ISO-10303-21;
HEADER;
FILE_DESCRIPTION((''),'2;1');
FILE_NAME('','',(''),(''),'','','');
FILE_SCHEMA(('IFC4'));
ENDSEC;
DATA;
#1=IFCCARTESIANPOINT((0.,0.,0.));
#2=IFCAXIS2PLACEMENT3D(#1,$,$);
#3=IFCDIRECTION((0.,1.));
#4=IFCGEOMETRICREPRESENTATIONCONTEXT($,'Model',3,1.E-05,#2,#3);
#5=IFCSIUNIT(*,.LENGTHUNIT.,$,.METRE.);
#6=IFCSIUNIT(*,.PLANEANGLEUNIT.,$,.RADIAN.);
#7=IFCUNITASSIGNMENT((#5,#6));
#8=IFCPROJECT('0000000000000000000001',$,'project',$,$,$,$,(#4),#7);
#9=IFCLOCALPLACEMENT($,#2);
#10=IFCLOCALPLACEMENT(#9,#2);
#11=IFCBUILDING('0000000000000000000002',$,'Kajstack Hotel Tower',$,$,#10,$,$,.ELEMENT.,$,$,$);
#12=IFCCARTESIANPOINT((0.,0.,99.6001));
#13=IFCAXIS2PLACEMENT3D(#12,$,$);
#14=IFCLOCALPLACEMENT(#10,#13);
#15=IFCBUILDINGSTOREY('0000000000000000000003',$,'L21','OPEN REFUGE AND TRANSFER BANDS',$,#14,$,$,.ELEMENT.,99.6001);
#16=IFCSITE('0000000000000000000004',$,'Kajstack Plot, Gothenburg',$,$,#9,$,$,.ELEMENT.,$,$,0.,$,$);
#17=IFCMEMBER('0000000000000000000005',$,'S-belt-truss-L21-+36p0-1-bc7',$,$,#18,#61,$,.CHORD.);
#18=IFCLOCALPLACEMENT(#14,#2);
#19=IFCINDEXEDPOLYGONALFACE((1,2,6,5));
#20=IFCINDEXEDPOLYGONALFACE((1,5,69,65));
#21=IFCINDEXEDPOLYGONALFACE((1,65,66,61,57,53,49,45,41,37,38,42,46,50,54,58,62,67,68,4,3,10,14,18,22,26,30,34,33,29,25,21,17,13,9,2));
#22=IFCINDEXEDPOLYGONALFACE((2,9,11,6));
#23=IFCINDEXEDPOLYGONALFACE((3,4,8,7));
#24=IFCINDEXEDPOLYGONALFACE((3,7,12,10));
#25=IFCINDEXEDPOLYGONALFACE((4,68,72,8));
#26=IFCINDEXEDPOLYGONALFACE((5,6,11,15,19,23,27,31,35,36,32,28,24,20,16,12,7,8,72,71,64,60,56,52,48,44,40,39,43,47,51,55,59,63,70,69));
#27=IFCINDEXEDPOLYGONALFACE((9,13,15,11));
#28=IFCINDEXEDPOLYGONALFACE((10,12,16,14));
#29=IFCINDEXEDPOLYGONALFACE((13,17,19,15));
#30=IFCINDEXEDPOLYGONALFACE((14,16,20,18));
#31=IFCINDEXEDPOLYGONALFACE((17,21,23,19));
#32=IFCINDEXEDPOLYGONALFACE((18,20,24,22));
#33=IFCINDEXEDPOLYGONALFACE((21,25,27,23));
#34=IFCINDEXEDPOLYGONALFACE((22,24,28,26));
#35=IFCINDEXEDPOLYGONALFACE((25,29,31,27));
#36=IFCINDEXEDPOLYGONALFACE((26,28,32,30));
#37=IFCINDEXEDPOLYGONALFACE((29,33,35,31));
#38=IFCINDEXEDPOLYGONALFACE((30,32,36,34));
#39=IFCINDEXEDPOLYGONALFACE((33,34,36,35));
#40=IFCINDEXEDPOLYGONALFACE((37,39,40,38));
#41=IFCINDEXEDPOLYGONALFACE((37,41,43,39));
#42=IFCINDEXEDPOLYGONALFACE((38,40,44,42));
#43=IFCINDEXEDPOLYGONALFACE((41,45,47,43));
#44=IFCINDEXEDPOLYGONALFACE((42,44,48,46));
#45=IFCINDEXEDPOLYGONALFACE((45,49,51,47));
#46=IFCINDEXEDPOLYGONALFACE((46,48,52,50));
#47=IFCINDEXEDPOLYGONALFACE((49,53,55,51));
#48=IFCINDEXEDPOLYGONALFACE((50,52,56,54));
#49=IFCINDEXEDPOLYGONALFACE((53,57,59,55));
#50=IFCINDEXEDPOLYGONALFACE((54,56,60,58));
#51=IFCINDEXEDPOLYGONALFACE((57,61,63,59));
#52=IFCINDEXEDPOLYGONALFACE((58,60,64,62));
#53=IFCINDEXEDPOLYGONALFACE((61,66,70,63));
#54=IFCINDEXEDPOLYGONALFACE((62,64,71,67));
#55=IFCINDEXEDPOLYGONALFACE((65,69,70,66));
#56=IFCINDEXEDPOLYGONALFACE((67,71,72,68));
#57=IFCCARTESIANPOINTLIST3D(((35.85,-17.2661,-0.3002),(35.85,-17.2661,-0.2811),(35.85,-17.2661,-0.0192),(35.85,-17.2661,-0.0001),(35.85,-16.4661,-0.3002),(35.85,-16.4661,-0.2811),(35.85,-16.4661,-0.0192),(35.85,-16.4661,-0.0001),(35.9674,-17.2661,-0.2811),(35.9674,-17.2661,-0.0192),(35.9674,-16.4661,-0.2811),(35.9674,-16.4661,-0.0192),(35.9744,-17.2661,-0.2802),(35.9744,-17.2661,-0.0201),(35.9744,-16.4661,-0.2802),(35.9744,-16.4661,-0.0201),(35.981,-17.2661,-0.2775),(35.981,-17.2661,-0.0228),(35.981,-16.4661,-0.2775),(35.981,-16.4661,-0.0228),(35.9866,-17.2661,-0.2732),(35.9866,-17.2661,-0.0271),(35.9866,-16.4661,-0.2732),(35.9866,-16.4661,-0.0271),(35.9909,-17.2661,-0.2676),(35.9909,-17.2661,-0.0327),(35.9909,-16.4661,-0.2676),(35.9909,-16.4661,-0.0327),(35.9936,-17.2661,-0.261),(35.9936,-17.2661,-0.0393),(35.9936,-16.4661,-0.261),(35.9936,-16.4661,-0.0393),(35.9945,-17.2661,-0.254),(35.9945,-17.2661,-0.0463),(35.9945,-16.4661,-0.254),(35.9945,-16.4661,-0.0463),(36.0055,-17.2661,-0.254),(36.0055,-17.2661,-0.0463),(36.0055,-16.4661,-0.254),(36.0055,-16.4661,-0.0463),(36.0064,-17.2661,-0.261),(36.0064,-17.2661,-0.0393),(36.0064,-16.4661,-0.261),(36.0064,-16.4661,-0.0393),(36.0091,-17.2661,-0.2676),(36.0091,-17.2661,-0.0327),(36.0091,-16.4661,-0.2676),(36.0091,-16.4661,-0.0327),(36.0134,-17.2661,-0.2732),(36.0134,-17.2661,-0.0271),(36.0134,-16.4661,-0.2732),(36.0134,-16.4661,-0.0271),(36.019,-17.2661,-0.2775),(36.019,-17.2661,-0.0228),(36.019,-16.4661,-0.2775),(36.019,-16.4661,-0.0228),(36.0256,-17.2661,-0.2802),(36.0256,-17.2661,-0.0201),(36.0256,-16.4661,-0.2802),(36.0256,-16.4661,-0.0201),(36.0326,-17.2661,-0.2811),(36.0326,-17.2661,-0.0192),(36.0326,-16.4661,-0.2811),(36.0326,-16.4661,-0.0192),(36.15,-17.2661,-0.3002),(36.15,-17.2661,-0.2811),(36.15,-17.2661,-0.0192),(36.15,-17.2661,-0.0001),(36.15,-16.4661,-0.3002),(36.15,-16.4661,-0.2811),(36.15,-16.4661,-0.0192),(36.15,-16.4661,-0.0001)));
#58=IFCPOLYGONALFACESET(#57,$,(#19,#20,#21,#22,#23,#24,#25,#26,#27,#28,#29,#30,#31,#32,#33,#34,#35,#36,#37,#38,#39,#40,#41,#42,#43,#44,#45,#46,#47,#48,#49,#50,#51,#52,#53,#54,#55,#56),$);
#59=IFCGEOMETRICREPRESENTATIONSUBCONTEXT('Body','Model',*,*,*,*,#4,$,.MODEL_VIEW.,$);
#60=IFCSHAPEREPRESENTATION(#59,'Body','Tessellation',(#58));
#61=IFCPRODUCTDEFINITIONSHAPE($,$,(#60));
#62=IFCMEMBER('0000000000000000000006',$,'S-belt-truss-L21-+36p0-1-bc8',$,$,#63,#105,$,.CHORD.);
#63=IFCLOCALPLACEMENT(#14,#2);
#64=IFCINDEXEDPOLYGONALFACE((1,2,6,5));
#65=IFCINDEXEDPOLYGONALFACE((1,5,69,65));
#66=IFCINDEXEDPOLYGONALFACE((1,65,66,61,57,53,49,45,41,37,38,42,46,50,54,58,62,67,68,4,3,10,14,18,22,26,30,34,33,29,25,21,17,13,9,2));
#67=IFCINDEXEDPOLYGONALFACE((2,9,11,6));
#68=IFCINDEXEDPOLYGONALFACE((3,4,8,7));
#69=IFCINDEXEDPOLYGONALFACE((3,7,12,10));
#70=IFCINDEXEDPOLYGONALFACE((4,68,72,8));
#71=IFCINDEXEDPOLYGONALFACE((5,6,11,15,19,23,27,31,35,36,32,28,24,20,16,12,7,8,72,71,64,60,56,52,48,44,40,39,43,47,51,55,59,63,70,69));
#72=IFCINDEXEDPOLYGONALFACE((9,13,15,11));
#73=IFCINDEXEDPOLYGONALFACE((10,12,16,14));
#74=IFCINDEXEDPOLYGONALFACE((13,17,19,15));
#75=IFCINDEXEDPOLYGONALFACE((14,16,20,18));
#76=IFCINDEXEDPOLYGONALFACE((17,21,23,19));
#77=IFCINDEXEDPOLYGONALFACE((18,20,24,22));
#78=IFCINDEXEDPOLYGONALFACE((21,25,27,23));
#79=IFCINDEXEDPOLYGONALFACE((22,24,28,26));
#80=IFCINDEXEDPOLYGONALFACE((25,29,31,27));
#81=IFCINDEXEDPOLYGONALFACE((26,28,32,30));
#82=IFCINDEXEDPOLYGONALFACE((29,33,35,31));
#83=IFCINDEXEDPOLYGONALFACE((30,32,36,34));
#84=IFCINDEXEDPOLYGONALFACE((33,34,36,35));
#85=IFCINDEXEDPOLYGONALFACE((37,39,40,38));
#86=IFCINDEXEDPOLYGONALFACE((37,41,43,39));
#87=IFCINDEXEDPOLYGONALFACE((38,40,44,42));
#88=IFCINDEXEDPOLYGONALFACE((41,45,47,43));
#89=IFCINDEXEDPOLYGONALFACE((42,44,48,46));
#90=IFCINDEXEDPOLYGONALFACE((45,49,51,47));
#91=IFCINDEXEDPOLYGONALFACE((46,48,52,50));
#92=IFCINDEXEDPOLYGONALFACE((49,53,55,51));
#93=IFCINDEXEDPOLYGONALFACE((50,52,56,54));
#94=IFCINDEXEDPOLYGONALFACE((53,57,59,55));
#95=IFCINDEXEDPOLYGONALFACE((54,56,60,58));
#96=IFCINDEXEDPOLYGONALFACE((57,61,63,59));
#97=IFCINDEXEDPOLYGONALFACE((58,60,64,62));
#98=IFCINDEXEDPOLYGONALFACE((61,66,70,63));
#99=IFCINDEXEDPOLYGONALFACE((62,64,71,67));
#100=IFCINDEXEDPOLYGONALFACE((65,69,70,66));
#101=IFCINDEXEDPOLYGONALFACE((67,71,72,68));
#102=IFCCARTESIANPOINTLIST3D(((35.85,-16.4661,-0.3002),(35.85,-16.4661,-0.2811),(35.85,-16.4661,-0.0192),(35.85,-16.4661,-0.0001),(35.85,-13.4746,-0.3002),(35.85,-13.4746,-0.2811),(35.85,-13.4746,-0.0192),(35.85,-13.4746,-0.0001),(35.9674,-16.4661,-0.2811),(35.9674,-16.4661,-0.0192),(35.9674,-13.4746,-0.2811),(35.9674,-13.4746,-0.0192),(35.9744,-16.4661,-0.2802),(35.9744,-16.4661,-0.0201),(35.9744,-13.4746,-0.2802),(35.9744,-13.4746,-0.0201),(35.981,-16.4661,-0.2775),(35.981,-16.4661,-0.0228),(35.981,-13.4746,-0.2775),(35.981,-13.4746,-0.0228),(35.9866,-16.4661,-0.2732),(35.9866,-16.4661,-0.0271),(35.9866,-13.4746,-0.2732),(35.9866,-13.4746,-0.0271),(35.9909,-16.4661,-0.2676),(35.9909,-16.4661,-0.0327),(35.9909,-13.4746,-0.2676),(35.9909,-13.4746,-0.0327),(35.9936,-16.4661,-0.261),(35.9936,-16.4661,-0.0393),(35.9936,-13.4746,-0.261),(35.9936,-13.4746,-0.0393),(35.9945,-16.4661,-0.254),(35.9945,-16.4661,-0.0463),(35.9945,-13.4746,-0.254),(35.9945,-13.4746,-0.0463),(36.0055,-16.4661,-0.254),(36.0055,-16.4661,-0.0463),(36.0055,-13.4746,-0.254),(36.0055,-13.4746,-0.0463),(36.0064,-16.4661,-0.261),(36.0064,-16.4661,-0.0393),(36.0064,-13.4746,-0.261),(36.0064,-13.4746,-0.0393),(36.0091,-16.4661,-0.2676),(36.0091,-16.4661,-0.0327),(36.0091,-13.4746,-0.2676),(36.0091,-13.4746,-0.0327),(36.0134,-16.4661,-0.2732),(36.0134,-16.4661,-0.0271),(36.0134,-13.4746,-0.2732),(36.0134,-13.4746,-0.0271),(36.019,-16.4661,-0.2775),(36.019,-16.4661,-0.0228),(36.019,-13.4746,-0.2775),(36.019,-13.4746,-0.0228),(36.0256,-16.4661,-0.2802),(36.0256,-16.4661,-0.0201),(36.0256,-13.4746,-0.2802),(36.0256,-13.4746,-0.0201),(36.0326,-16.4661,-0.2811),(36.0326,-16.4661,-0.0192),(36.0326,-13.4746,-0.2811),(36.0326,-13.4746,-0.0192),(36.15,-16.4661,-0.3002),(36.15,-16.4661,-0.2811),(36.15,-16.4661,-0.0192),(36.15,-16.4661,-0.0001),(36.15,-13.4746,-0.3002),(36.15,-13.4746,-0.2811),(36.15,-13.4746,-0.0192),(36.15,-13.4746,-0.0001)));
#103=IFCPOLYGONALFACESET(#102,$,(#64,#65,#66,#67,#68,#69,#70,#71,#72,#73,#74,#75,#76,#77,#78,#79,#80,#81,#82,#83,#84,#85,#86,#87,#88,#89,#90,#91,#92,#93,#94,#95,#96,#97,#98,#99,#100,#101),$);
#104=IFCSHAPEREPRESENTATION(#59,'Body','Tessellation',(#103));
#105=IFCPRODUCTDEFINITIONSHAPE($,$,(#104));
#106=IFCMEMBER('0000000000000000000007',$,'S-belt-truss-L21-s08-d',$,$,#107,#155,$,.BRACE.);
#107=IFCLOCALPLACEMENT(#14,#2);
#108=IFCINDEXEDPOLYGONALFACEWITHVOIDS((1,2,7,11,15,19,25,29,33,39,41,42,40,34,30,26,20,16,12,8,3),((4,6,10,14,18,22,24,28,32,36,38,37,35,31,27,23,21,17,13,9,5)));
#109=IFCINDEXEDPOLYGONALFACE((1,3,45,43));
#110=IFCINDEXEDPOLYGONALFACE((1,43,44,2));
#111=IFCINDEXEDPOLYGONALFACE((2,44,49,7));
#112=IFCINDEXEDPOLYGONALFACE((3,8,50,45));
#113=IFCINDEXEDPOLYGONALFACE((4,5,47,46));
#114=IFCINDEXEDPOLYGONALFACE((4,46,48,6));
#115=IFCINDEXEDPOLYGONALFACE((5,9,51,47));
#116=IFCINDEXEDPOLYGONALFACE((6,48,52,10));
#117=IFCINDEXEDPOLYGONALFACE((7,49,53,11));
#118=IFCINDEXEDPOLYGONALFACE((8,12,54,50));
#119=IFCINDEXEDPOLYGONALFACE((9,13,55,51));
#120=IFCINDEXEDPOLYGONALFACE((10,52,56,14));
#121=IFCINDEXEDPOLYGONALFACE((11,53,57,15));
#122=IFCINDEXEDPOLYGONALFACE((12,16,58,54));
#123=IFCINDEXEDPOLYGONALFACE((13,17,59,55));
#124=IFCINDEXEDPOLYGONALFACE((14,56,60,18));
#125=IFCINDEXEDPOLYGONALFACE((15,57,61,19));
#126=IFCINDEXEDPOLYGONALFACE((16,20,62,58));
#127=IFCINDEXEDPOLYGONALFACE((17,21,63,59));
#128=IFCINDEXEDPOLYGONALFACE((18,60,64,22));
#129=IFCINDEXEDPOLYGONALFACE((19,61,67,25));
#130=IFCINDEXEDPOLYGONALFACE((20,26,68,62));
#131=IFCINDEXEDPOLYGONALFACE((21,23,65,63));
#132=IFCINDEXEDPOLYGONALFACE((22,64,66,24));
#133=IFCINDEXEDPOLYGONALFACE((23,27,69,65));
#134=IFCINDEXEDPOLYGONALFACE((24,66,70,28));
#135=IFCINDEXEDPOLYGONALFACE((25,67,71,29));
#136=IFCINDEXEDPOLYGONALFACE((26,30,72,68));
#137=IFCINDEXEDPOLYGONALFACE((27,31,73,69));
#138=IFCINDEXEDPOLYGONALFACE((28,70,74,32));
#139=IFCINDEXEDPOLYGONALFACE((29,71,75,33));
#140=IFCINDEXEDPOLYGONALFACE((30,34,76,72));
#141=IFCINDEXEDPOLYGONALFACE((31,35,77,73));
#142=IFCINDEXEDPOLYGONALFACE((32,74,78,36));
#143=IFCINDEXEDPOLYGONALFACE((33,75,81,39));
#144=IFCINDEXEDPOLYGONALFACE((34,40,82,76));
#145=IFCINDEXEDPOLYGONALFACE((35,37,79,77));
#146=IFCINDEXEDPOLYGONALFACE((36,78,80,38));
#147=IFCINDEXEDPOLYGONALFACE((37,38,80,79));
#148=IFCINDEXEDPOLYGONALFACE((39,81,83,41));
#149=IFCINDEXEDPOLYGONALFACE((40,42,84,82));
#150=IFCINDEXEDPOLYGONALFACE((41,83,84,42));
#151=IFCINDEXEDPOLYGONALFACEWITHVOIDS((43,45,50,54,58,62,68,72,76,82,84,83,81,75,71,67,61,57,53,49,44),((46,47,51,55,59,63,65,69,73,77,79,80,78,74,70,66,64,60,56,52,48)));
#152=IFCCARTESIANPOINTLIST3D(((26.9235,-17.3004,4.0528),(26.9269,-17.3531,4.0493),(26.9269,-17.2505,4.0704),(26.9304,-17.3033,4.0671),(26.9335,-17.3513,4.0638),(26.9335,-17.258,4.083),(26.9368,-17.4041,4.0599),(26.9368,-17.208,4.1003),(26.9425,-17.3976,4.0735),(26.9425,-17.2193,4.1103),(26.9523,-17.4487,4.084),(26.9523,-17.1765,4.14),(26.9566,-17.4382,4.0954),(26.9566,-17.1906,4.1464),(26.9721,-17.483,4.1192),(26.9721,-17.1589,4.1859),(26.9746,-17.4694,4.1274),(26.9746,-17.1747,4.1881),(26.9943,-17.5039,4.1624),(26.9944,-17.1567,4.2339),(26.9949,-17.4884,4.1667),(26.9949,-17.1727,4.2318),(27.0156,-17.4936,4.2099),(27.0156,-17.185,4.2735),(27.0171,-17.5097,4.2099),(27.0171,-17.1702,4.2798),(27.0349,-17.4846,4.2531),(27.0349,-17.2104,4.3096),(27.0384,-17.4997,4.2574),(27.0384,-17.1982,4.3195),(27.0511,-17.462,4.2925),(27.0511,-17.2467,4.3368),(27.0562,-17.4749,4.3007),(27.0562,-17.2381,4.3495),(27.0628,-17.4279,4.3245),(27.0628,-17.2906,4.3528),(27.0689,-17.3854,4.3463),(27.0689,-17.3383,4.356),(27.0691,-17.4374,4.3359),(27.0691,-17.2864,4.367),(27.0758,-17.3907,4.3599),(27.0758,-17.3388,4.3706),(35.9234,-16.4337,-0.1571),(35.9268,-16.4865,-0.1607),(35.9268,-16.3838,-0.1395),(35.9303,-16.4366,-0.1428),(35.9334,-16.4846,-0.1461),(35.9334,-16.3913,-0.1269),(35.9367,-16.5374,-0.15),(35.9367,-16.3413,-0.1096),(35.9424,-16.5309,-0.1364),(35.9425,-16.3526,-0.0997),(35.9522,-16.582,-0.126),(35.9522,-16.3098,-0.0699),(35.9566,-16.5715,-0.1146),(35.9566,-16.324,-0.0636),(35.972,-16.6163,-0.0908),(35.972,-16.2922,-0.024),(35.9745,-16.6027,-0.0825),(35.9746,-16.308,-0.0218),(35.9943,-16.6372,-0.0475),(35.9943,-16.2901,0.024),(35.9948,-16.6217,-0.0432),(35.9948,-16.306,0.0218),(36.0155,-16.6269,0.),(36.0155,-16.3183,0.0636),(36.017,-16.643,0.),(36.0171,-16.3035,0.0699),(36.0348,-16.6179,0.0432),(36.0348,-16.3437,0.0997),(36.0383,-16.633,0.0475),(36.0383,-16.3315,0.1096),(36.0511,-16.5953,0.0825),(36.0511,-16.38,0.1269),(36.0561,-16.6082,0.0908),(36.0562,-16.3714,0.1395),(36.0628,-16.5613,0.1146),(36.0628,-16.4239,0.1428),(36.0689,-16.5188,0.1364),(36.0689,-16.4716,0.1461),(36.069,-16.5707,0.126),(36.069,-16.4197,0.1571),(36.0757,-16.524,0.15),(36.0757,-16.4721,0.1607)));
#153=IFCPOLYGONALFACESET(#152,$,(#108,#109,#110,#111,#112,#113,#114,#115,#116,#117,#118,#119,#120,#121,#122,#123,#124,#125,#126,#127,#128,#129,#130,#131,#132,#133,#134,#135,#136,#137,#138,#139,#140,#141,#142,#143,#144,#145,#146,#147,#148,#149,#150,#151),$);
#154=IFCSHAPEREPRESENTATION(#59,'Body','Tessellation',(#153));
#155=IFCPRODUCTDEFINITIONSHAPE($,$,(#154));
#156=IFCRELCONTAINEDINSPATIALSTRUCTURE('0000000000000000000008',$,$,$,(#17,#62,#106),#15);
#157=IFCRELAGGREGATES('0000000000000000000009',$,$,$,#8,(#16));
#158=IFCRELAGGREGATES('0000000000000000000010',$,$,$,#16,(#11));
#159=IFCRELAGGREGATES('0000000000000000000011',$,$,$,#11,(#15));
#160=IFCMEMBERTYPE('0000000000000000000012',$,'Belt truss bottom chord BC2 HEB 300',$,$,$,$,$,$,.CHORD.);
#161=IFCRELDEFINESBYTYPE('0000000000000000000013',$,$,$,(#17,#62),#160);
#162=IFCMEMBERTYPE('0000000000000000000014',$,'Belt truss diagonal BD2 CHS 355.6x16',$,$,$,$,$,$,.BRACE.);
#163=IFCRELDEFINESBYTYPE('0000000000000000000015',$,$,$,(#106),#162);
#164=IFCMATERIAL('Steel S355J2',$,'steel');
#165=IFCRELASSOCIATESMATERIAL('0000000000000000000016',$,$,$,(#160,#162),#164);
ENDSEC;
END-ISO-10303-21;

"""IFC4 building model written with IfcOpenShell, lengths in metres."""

from ifc_helpers import new_model, si_unit, direction, frame, origin, origin_2d, place, context, subcontext, project, spatial, hollow_circle, i_section, extrude, material, material_profile, profile_set, type_object, element, save


model = new_model("IFC4")

# Units and contexts
model_context = context("Model", 3, precision=1e-05, world=origin(), true_north=direction((0.0, 1.0)))
body_context = subcontext(model_context, "Body", "Model", "MODEL_VIEW")
ifc_project = project(units=[si_unit("LENGTHUNIT", "METRE"), si_unit("PLANEANGLEUNIT", "RADIAN")], contexts=[model_context])

# Site, building, storey
site_placement = place(None, origin())
site = spatial("IfcSite", under=ifc_project, at=site_placement, Name="Kajstack Plot, Gothenburg", CompositionType="ELEMENT", RefElevation=0.0)
building_placement = place(site_placement, origin())
building = spatial("IfcBuilding", under=site, at=building_placement, Name="Kajstack Hotel Tower", CompositionType="ELEMENT")
storey_placement = place(building_placement, frame((0.0, 0.0, 99.6001)))
storey = spatial("IfcBuildingStorey", under=building, at=storey_placement, Name="L21", Description="OPEN REFUGE AND TRANSFER BANDS", CompositionType="ELEMENT", Elevation=99.6001)

# Members
ifc_material_1 = material(Name="Steel S355J2", Category="steel")
ifc_material_profile_1 = material_profile(ifc_material_1, i_section(OverallWidth=0.3, OverallDepth=0.3, WebThickness=0.011, FlangeThickness=0.019, FilletRadius=0.0271, at=origin_2d()), Name="HEB 300")
ifc_profile_set_1 = profile_set([ifc_material_profile_1], Name="Steel S355J2")
member_type_1 = type_object("IfcMemberType", Name="Belt truss bottom chord BC2 HEB 300", PredefinedType="CHORD", material=ifc_profile_set_1)
member_1_placement = place(storey_placement, frame((36.0, -17.2661, -0.1501), z_axis=(0.0, 1.0, 0.0), x_axis=(-1.0, 0.0, 0.0)))
element("IfcMember", 1, at=member_1_placement, inside=storey, type_object=member_type_1, Name="S-belt-truss-L21-+36p0-1-bc7", PredefinedType="CHORD", context=body_context, shape_type="SweptSolid", body=[
    extrude(i_section(OverallWidth=0.3, OverallDepth=0.3, WebThickness=0.011, FlangeThickness=0.019, FilletRadius=0.0271, at=origin_2d()), origin(), (0.0, 0.0, 1.0), 0.8),
])
member_2_placement = place(storey_placement, frame((36.0, -16.4661, -0.1501), z_axis=(0.0, 1.0, 0.0), x_axis=(-1.0, 0.0, 0.0)))
element("IfcMember", 2, at=member_2_placement, inside=storey, type_object=member_type_1, Name="S-belt-truss-L21-+36p0-1-bc8", PredefinedType="CHORD", context=body_context, shape_type="SweptSolid", body=[
    extrude(i_section(OverallWidth=0.3, OverallDepth=0.3, WebThickness=0.011, FlangeThickness=0.019, FilletRadius=0.0271, at=origin_2d()), origin(), (0.0, 0.0, 1.0), 2.9915),
])
ifc_material_profile_2 = material_profile(ifc_material_1, hollow_circle(Radius=0.1777, WallThickness=0.0161, at=origin_2d()), Name="CHS 355.6x16")
ifc_profile_set_2 = profile_set([ifc_material_profile_2], Name="Steel S355J2")
member_type_2 = type_object("IfcMemberType", Name="Belt truss diagonal BD2 CHS 355.6x16", PredefinedType="BRACE", material=ifc_profile_set_2)
member_3_placement = place(storey_placement, frame((36.0, -16.4661, 0.0), z_axis=(-0.902372, -0.086898, 0.422106), x_axis=(0.095856, -0.995395, 0.0)))
element("IfcMember", 3, at=member_3_placement, inside=storey, type_object=member_type_2, Name="S-belt-truss-L21-s08-d", PredefinedType="BRACE", context=body_context, shape_type="SweptSolid", body=[
    extrude(hollow_circle(Radius=0.1777, WallThickness=0.0161, at=origin_2d()), origin(), (0.0, 0.0, 1.0), 9.9736),
])

save(model, "model.ifc")
